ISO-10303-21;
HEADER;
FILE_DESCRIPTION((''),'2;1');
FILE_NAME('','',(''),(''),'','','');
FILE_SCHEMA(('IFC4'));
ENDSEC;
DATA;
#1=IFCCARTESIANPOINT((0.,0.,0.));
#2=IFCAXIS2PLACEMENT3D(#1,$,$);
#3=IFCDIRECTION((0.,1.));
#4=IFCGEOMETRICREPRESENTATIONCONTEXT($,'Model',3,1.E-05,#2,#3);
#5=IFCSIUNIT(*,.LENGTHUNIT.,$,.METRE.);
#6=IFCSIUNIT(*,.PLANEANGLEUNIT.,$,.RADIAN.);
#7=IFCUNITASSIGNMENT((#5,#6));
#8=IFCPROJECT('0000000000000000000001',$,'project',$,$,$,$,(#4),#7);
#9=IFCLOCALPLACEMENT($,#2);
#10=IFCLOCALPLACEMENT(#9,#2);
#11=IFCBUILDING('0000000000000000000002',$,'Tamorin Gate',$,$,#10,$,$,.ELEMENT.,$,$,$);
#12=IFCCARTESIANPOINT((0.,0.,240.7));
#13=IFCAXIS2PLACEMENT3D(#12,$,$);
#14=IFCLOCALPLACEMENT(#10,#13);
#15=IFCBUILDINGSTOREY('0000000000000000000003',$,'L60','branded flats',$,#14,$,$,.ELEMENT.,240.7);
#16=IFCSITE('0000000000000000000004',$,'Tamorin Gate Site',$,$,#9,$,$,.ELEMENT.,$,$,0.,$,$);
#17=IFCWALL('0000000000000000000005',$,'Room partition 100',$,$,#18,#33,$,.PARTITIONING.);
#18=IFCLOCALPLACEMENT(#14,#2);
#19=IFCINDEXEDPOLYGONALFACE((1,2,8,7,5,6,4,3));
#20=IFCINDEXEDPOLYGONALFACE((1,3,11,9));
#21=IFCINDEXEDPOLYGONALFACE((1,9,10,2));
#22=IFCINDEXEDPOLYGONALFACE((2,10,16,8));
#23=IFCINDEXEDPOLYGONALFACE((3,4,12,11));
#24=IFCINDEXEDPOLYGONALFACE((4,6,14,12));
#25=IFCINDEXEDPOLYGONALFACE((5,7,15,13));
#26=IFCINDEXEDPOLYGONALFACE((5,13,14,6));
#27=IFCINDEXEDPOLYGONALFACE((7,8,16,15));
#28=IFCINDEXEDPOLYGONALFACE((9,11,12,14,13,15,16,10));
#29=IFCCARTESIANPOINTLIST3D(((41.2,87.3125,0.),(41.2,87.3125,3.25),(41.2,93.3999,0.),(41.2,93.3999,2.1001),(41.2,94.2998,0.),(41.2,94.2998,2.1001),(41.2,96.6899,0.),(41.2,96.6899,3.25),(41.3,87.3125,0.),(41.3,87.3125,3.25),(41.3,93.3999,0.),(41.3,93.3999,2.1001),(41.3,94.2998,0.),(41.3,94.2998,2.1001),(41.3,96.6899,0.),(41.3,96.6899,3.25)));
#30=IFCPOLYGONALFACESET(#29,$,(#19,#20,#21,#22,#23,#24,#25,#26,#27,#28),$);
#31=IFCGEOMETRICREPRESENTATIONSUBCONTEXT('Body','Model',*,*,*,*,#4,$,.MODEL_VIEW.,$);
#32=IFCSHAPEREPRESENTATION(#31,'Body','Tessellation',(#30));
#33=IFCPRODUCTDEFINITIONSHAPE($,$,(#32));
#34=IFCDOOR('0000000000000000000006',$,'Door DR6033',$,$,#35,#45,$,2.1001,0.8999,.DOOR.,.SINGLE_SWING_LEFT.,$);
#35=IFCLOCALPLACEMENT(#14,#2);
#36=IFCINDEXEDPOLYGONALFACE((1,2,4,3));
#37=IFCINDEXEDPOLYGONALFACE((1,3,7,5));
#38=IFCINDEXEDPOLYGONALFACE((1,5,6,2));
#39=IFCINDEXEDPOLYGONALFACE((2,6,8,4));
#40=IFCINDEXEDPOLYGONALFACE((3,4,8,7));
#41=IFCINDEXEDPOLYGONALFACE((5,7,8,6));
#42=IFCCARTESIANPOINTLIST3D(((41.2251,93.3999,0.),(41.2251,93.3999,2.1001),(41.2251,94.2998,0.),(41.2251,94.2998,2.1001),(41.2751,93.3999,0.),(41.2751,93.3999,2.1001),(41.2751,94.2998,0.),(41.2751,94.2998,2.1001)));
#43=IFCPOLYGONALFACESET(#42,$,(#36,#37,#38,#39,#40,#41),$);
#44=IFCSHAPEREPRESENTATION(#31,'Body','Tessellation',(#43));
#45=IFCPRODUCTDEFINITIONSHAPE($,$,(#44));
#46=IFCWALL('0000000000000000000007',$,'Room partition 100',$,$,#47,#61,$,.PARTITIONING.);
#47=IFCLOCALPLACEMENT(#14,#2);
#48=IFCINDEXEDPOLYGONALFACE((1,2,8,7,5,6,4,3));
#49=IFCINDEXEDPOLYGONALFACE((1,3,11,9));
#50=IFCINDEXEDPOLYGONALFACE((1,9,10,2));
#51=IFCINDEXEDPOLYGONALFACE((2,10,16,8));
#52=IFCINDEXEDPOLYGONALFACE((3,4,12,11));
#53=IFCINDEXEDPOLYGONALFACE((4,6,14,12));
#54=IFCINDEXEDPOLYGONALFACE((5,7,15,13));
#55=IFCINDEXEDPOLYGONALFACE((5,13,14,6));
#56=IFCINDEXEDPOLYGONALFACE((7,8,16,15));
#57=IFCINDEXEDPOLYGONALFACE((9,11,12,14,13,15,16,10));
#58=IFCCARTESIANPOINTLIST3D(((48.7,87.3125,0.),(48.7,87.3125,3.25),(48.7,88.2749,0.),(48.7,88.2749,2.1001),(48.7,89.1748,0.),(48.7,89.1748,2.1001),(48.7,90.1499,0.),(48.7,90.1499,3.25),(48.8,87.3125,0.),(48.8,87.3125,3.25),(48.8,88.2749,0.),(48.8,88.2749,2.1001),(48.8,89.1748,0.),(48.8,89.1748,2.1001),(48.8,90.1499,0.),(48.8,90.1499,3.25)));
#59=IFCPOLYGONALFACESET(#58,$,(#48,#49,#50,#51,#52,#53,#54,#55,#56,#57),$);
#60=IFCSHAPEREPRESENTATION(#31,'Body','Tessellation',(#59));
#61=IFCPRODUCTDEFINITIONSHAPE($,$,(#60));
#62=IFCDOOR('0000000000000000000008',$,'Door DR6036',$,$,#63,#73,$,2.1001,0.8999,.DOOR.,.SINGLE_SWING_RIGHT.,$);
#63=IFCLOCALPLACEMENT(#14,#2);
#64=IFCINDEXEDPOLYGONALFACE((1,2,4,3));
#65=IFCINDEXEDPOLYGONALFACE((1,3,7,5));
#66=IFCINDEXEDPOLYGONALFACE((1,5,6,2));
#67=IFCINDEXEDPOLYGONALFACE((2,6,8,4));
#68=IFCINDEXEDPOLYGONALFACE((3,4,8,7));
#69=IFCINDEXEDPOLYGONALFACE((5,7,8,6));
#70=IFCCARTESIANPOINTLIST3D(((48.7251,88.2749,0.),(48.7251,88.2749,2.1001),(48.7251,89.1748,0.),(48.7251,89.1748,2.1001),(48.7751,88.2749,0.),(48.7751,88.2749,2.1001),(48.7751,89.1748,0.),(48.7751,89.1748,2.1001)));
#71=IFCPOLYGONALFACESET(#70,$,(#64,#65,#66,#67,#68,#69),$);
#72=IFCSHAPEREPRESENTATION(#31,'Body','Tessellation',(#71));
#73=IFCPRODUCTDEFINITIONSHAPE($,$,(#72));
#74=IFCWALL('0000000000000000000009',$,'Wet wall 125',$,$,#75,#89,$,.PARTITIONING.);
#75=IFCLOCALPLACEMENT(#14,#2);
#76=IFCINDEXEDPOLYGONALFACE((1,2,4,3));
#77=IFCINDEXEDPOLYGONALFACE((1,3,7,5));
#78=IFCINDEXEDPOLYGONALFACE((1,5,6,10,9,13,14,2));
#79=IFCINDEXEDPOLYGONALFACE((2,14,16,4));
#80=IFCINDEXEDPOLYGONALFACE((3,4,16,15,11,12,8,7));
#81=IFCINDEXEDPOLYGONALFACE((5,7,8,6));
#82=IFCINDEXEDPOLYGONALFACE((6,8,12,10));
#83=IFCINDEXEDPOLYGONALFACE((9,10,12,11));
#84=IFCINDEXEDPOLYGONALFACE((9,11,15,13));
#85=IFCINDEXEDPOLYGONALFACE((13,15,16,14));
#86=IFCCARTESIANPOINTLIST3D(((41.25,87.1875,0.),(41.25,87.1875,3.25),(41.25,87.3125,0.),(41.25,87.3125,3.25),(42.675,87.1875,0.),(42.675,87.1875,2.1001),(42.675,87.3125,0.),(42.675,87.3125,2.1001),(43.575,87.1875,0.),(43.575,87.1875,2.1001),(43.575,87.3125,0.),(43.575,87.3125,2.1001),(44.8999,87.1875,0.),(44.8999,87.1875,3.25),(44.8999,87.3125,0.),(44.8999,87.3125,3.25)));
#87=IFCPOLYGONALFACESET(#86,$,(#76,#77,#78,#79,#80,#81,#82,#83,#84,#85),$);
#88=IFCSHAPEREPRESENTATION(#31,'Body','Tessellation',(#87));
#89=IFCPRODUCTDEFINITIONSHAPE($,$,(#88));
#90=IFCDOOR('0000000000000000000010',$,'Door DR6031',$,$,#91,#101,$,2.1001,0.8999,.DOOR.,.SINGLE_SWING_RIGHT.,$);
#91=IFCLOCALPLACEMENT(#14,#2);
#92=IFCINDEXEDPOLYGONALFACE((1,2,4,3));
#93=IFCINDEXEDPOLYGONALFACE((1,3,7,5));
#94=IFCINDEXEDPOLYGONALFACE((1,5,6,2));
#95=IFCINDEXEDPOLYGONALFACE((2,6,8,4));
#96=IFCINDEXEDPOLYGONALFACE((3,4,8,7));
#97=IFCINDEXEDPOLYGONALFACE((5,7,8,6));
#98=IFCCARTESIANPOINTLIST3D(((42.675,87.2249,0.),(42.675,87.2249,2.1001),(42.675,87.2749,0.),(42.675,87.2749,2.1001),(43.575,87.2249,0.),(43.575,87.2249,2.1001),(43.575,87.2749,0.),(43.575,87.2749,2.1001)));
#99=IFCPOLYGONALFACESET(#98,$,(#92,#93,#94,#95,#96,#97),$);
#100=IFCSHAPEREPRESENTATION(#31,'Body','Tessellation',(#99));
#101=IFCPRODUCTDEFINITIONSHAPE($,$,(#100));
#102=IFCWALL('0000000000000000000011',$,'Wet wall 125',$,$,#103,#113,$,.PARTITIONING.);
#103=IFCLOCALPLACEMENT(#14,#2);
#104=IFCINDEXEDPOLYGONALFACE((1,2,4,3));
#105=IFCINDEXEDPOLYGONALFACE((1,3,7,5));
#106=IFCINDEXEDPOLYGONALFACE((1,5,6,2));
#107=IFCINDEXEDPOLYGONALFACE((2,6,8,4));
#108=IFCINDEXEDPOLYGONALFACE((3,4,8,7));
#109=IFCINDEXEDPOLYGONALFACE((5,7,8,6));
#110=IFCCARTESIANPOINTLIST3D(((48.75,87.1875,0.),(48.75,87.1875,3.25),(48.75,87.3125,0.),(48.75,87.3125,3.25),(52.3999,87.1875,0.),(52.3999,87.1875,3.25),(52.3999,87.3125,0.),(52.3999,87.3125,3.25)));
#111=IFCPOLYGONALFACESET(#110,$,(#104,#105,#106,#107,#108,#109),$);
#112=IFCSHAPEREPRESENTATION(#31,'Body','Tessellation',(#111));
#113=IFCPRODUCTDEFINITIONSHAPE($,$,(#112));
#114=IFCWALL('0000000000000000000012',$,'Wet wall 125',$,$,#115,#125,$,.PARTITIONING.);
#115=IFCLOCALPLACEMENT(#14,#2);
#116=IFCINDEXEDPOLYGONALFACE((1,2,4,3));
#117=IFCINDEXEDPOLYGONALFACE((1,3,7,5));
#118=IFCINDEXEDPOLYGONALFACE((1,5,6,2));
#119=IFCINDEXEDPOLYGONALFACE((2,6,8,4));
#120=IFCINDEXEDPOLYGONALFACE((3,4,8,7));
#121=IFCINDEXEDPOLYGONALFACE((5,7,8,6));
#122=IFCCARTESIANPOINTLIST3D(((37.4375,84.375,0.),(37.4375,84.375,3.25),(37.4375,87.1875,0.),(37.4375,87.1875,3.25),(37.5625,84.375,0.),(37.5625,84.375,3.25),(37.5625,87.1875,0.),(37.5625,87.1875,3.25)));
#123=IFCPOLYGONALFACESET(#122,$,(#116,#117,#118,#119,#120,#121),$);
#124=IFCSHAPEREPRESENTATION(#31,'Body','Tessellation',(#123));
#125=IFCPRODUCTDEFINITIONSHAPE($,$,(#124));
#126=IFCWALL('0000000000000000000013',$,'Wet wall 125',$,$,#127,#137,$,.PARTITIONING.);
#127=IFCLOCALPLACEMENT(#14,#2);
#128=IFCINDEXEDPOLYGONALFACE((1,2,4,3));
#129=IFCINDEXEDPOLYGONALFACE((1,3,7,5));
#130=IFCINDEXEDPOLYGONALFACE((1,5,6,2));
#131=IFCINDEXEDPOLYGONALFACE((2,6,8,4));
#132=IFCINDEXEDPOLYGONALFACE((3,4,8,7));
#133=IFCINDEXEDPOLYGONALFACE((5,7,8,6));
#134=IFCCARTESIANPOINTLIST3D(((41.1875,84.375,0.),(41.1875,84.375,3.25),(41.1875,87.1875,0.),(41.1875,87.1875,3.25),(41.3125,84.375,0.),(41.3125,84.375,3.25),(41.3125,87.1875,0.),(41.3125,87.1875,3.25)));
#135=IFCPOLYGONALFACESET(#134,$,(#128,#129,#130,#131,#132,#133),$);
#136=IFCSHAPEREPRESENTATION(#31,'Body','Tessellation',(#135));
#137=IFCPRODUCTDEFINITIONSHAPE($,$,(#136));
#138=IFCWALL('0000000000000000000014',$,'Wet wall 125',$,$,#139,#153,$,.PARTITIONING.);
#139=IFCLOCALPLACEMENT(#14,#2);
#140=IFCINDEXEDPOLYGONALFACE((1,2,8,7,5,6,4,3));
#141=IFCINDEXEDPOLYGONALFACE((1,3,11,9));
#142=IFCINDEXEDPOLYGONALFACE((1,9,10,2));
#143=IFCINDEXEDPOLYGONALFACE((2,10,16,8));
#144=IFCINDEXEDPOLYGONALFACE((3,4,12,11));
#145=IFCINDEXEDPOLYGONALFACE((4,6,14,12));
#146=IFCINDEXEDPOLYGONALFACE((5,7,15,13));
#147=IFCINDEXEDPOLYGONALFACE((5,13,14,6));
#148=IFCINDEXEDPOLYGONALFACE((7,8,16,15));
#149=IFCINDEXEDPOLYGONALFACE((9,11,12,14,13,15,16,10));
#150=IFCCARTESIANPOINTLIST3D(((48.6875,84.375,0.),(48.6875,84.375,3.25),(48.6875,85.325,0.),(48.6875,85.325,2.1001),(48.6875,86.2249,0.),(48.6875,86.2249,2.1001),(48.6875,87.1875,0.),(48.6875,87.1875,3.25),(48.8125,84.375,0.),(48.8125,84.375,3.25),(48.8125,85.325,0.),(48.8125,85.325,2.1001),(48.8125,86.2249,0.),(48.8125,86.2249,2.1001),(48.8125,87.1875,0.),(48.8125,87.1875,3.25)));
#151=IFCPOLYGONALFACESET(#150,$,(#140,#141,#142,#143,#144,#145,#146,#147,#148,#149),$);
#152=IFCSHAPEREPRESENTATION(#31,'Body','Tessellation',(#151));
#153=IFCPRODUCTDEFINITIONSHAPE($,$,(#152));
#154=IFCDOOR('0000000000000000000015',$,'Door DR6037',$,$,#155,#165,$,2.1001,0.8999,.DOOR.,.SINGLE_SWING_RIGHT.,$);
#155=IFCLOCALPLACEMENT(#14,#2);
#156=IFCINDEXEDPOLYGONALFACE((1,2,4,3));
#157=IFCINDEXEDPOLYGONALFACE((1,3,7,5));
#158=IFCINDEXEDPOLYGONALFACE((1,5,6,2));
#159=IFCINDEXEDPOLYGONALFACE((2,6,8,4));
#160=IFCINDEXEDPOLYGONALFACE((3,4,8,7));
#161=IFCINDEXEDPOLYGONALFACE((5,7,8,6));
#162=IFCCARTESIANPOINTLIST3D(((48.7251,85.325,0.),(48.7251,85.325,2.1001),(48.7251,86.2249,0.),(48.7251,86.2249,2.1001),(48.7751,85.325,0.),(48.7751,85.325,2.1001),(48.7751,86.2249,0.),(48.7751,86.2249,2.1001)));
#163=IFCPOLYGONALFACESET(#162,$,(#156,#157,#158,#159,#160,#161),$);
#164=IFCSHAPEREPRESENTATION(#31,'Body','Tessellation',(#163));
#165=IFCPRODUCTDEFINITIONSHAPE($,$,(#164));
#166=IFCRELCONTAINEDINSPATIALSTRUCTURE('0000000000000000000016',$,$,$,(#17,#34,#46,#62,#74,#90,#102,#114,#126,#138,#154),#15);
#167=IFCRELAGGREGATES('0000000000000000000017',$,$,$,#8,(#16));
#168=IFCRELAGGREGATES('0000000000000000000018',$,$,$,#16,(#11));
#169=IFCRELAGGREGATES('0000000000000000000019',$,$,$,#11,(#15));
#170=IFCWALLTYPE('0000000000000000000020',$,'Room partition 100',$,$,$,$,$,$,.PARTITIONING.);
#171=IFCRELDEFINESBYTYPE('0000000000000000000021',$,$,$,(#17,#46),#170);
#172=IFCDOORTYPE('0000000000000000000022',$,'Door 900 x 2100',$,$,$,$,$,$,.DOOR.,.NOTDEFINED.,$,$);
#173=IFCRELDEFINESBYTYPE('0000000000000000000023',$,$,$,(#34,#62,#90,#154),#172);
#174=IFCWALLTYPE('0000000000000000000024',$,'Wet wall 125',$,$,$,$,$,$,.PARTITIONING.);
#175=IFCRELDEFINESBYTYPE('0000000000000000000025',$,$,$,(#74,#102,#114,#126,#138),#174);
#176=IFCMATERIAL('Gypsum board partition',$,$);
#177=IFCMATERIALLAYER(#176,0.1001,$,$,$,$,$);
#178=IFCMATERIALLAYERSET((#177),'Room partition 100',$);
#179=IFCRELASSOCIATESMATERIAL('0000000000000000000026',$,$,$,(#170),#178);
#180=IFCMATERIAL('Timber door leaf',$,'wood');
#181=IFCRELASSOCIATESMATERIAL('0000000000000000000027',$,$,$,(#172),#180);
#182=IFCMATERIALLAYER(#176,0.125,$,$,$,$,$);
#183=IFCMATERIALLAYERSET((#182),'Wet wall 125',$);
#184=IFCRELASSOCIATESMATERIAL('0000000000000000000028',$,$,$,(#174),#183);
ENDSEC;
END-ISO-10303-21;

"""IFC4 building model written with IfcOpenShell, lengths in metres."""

from ifc_helpers import new_model, si_unit, direction, frame, frame_2d, origin, place, context, subcontext, project, spatial, rectangle, extrude, material, layer, layer_set, type_object, element, fill, save


model = new_model("IFC4")

# Units and contexts
model_context = context("Model", 3, precision=1e-05, world=origin(), true_north=direction((0.0, 1.0)))
body_context = subcontext(model_context, "Body", "Model", "MODEL_VIEW")
ifc_project = project(units=[si_unit("LENGTHUNIT", "METRE"), si_unit("PLANEANGLEUNIT", "RADIAN")], contexts=[model_context])

# Site, building, storey
site_placement = place(None, origin())
site = spatial("IfcSite", under=ifc_project, at=site_placement, Name="Tamorin Gate Site", CompositionType="ELEMENT", RefElevation=0.0)
building_placement = place(site_placement, origin())
building = spatial("IfcBuilding", under=site, at=building_placement, Name="Tamorin Gate", CompositionType="ELEMENT")
storey_placement = place(building_placement, frame((0.0, 0.0, 240.7)))
storey = spatial("IfcBuildingStorey", under=building, at=storey_placement, Name="L60", Description="branded flats", CompositionType="ELEMENT", Elevation=240.7)

# Shared definitions
ifc_material_1 = material(Name="Gypsum board partition")

# Walls, openings, doors
ifc_layer_1 = layer(ifc_material_1, 0.1001)
ifc_layer_set_1 = layer_set([ifc_layer_1], Name="Room partition 100")
wall_type_1 = type_object("IfcWallType", Name="Room partition 100", PredefinedType="PARTITIONING", material=ifc_layer_set_1)
ifc_material_2 = material(Name="Timber door leaf", Category="wood")
door_type = type_object("IfcDoorType", Name="Door 900 x 2100", OperationType="NOTDEFINED", PredefinedType="DOOR", material=ifc_material_2)
wall_1_placement = place(storey_placement, frame((41.25, 87.3125, 0.0), z_axis=(0.0, 0.0, 1.0), x_axis=(0.0, 1.0, 0.0)))
wall_1 = element("IfcWall", 1, at=wall_1_placement, inside=storey, type_object=wall_type_1, Name="Room partition 100", PredefinedType="PARTITIONING", context=body_context, shape_type="SweptSolid", body=[
    extrude(rectangle(XDim=9.3774, YDim=0.1001, at=frame_2d((4.6887, 0.0))), origin(), (0.0, 0.0, 1.0), 3.25),
])
opening_1_placement = place(wall_1_placement, frame((6.0874, 0.0, 0.0)))
opening_1 = element("IfcOpeningElement", 2, at=opening_1_placement, cuts=wall_1, PredefinedType="OPENING", context=body_context, shape_type="SweptSolid", body=[
    extrude(rectangle(XDim=0.8999, YDim=2.1001, at=frame_2d((0.45, 1.05))), frame((0.0, 0.0601, 0.0), z_axis=(0.0, -1.0, 0.0), x_axis=(1.0, 0.0, 0.0)), (0.0, 0.0, 1.0), 0.1201),
])
door_1_placement = place(opening_1_placement, origin())
door_1 = element("IfcDoor", 3, at=door_1_placement, inside=storey, type_object=door_type, Name="Door DR6033", OperationType="SINGLE_SWING_LEFT", OverallHeight=2.1001, OverallWidth=0.8999, PredefinedType="DOOR", context=body_context, shape_type="SweptSolid", body=[
    extrude(rectangle(XDim=0.8999, YDim=2.1001, at=frame_2d((0.45, 1.05))), frame((0.0, 0.0249, 0.0), z_axis=(0.0, -1.0, 0.0), x_axis=(1.0, 0.0, 0.0)), (0.0, 0.0, 1.0), 0.05),
])
fill(opening_1, door_1)
wall_2_placement = place(storey_placement, frame((48.75, 87.3125, 0.0), z_axis=(0.0, 0.0, 1.0), x_axis=(0.0, 1.0, 0.0)))
wall_2 = element("IfcWall", 4, at=wall_2_placement, inside=storey, type_object=wall_type_1, Name="Room partition 100", PredefinedType="PARTITIONING", context=body_context, shape_type="SweptSolid", body=[
    extrude(rectangle(XDim=2.8374, YDim=0.1001, at=frame_2d((1.4187, 0.0))), origin(), (0.0, 0.0, 1.0), 3.25),
])
opening_2_placement = place(wall_2_placement, frame((0.9624, 0.0, 0.0)))
opening_2 = element("IfcOpeningElement", 5, at=opening_2_placement, cuts=wall_2, PredefinedType="OPENING", context=body_context, shape_type="SweptSolid", body=[
    extrude(rectangle(XDim=0.8999, YDim=2.1001, at=frame_2d((0.45, 1.05))), frame((0.0, 0.0601, 0.0), z_axis=(0.0, -1.0, 0.0), x_axis=(1.0, 0.0, 0.0)), (0.0, 0.0, 1.0), 0.1201),
])
door_2_placement = place(opening_2_placement, origin())
door_2 = element("IfcDoor", 6, at=door_2_placement, inside=storey, type_object=door_type, Name="Door DR6036", OperationType="SINGLE_SWING_RIGHT", OverallHeight=2.1001, OverallWidth=0.8999, PredefinedType="DOOR", context=body_context, shape_type="SweptSolid", body=[
    extrude(rectangle(XDim=0.8999, YDim=2.1001, at=frame_2d((0.45, 1.05))), frame((0.0, 0.0249, 0.0), z_axis=(0.0, -1.0, 0.0), x_axis=(1.0, 0.0, 0.0)), (0.0, 0.0, 1.0), 0.05),
])
fill(opening_2, door_2)
ifc_layer_2 = layer(ifc_material_1, 0.125)
ifc_layer_set_2 = layer_set([ifc_layer_2], Name="Wet wall 125")
wall_type_2 = type_object("IfcWallType", Name="Wet wall 125", PredefinedType="PARTITIONING", material=ifc_layer_set_2)
wall_3_placement = place(storey_placement, frame((41.25, 87.25, 0.0), z_axis=(0.0, 0.0, 1.0), x_axis=(1.0, 0.0, 0.0)))
wall_3 = element("IfcWall", 7, at=wall_3_placement, inside=storey, type_object=wall_type_2, Name="Wet wall 125", PredefinedType="PARTITIONING", context=body_context, shape_type="SweptSolid", body=[
    extrude(rectangle(XDim=3.6499, YDim=0.125, at=frame_2d((1.825, 0.0))), origin(), (0.0, 0.0, 1.0), 3.25),
])
opening_3_placement = place(wall_3_placement, frame((1.425, 0.0, 0.0)))
opening_3 = element("IfcOpeningElement", 8, at=opening_3_placement, cuts=wall_3, PredefinedType="OPENING", context=body_context, shape_type="SweptSolid", body=[
    extrude(rectangle(XDim=0.8999, YDim=2.1001, at=frame_2d((0.45, 1.05))), frame((0.0, 0.0725, 0.0), z_axis=(0.0, -1.0, 0.0), x_axis=(1.0, 0.0, 0.0)), (0.0, 0.0, 1.0), 0.145),
])
door_3_placement = place(opening_3_placement, origin())
door_3 = element("IfcDoor", 9, at=door_3_placement, inside=storey, type_object=door_type, Name="Door DR6031", OperationType="SINGLE_SWING_RIGHT", OverallHeight=2.1001, OverallWidth=0.8999, PredefinedType="DOOR", context=body_context, shape_type="SweptSolid", body=[
    extrude(rectangle(XDim=0.8999, YDim=2.1001, at=frame_2d((0.45, 1.05))), frame((0.0, 0.0249, 0.0), z_axis=(0.0, -1.0, 0.0), x_axis=(1.0, 0.0, 0.0)), (0.0, 0.0, 1.0), 0.05),
])
fill(opening_3, door_3)

# Walls
wall_4_placement = place(storey_placement, frame((48.75, 87.25, 0.0), z_axis=(0.0, 0.0, 1.0), x_axis=(1.0, 0.0, 0.0)))
element("IfcWall", 10, at=wall_4_placement, inside=storey, type_object=wall_type_2, Name="Wet wall 125", PredefinedType="PARTITIONING", context=body_context, shape_type="SweptSolid", body=[
    extrude(rectangle(XDim=3.6499, YDim=0.125, at=frame_2d((1.825, 0.0))), origin(), (0.0, 0.0, 1.0), 3.25),
])
for number, where, z_axis, x_axis, name in (
    (11, (37.5, 84.375, 0.0), (0.0, 0.0, 1.0), (0.0, 1.0, 0.0), "Wet wall 125"),
    (12, (41.25, 84.375, 0.0), (0.0, 0.0, 1.0), (0.0, 1.0, 0.0), "Wet wall 125"),
):
    element("IfcWall", number, at=place(storey_placement, frame(where, z_axis=z_axis, x_axis=x_axis)), inside=storey, type_object=wall_type_2, Name=name, PredefinedType="PARTITIONING", context=body_context, shape_type="SweptSolid", body=[
        extrude(rectangle(XDim=2.8125, YDim=0.125, at=frame_2d((1.4062, 0.0))), origin(), (0.0, 0.0, 1.0), 3.25),
    ])

# Wall, opening, door
wall_5_placement = place(storey_placement, frame((48.75, 84.375, 0.0), z_axis=(0.0, 0.0, 1.0), x_axis=(0.0, 1.0, 0.0)))
wall_5 = element("IfcWall", 13, at=wall_5_placement, inside=storey, type_object=wall_type_2, Name="Wet wall 125", PredefinedType="PARTITIONING", context=body_context, shape_type="SweptSolid", body=[
    extrude(rectangle(XDim=2.8125, YDim=0.125, at=frame_2d((1.4062, 0.0))), origin(), (0.0, 0.0, 1.0), 3.25),
])
opening_4_placement = place(wall_5_placement, frame((0.95, 0.0, 0.0)))
opening_4 = element("IfcOpeningElement", 14, at=opening_4_placement, cuts=wall_5, PredefinedType="OPENING", context=body_context, shape_type="SweptSolid", body=[
    extrude(rectangle(XDim=0.8999, YDim=2.1001, at=frame_2d((0.45, 1.05))), frame((0.0, 0.0725, 0.0), z_axis=(0.0, -1.0, 0.0), x_axis=(1.0, 0.0, 0.0)), (0.0, 0.0, 1.0), 0.145),
])
door_4_placement = place(opening_4_placement, origin())
door_4 = element("IfcDoor", 15, at=door_4_placement, inside=storey, type_object=door_type, Name="Door DR6037", OperationType="SINGLE_SWING_RIGHT", OverallHeight=2.1001, OverallWidth=0.8999, PredefinedType="DOOR", context=body_context, shape_type="SweptSolid", body=[
    extrude(rectangle(XDim=0.8999, YDim=2.1001, at=frame_2d((0.45, 1.05))), frame((0.0, 0.0249, 0.0), z_axis=(0.0, -1.0, 0.0), x_axis=(1.0, 0.0, 0.0)), (0.0, 0.0, 1.0), 0.05),
])
fill(opening_4, door_4)

save(model, "model.ifc")
